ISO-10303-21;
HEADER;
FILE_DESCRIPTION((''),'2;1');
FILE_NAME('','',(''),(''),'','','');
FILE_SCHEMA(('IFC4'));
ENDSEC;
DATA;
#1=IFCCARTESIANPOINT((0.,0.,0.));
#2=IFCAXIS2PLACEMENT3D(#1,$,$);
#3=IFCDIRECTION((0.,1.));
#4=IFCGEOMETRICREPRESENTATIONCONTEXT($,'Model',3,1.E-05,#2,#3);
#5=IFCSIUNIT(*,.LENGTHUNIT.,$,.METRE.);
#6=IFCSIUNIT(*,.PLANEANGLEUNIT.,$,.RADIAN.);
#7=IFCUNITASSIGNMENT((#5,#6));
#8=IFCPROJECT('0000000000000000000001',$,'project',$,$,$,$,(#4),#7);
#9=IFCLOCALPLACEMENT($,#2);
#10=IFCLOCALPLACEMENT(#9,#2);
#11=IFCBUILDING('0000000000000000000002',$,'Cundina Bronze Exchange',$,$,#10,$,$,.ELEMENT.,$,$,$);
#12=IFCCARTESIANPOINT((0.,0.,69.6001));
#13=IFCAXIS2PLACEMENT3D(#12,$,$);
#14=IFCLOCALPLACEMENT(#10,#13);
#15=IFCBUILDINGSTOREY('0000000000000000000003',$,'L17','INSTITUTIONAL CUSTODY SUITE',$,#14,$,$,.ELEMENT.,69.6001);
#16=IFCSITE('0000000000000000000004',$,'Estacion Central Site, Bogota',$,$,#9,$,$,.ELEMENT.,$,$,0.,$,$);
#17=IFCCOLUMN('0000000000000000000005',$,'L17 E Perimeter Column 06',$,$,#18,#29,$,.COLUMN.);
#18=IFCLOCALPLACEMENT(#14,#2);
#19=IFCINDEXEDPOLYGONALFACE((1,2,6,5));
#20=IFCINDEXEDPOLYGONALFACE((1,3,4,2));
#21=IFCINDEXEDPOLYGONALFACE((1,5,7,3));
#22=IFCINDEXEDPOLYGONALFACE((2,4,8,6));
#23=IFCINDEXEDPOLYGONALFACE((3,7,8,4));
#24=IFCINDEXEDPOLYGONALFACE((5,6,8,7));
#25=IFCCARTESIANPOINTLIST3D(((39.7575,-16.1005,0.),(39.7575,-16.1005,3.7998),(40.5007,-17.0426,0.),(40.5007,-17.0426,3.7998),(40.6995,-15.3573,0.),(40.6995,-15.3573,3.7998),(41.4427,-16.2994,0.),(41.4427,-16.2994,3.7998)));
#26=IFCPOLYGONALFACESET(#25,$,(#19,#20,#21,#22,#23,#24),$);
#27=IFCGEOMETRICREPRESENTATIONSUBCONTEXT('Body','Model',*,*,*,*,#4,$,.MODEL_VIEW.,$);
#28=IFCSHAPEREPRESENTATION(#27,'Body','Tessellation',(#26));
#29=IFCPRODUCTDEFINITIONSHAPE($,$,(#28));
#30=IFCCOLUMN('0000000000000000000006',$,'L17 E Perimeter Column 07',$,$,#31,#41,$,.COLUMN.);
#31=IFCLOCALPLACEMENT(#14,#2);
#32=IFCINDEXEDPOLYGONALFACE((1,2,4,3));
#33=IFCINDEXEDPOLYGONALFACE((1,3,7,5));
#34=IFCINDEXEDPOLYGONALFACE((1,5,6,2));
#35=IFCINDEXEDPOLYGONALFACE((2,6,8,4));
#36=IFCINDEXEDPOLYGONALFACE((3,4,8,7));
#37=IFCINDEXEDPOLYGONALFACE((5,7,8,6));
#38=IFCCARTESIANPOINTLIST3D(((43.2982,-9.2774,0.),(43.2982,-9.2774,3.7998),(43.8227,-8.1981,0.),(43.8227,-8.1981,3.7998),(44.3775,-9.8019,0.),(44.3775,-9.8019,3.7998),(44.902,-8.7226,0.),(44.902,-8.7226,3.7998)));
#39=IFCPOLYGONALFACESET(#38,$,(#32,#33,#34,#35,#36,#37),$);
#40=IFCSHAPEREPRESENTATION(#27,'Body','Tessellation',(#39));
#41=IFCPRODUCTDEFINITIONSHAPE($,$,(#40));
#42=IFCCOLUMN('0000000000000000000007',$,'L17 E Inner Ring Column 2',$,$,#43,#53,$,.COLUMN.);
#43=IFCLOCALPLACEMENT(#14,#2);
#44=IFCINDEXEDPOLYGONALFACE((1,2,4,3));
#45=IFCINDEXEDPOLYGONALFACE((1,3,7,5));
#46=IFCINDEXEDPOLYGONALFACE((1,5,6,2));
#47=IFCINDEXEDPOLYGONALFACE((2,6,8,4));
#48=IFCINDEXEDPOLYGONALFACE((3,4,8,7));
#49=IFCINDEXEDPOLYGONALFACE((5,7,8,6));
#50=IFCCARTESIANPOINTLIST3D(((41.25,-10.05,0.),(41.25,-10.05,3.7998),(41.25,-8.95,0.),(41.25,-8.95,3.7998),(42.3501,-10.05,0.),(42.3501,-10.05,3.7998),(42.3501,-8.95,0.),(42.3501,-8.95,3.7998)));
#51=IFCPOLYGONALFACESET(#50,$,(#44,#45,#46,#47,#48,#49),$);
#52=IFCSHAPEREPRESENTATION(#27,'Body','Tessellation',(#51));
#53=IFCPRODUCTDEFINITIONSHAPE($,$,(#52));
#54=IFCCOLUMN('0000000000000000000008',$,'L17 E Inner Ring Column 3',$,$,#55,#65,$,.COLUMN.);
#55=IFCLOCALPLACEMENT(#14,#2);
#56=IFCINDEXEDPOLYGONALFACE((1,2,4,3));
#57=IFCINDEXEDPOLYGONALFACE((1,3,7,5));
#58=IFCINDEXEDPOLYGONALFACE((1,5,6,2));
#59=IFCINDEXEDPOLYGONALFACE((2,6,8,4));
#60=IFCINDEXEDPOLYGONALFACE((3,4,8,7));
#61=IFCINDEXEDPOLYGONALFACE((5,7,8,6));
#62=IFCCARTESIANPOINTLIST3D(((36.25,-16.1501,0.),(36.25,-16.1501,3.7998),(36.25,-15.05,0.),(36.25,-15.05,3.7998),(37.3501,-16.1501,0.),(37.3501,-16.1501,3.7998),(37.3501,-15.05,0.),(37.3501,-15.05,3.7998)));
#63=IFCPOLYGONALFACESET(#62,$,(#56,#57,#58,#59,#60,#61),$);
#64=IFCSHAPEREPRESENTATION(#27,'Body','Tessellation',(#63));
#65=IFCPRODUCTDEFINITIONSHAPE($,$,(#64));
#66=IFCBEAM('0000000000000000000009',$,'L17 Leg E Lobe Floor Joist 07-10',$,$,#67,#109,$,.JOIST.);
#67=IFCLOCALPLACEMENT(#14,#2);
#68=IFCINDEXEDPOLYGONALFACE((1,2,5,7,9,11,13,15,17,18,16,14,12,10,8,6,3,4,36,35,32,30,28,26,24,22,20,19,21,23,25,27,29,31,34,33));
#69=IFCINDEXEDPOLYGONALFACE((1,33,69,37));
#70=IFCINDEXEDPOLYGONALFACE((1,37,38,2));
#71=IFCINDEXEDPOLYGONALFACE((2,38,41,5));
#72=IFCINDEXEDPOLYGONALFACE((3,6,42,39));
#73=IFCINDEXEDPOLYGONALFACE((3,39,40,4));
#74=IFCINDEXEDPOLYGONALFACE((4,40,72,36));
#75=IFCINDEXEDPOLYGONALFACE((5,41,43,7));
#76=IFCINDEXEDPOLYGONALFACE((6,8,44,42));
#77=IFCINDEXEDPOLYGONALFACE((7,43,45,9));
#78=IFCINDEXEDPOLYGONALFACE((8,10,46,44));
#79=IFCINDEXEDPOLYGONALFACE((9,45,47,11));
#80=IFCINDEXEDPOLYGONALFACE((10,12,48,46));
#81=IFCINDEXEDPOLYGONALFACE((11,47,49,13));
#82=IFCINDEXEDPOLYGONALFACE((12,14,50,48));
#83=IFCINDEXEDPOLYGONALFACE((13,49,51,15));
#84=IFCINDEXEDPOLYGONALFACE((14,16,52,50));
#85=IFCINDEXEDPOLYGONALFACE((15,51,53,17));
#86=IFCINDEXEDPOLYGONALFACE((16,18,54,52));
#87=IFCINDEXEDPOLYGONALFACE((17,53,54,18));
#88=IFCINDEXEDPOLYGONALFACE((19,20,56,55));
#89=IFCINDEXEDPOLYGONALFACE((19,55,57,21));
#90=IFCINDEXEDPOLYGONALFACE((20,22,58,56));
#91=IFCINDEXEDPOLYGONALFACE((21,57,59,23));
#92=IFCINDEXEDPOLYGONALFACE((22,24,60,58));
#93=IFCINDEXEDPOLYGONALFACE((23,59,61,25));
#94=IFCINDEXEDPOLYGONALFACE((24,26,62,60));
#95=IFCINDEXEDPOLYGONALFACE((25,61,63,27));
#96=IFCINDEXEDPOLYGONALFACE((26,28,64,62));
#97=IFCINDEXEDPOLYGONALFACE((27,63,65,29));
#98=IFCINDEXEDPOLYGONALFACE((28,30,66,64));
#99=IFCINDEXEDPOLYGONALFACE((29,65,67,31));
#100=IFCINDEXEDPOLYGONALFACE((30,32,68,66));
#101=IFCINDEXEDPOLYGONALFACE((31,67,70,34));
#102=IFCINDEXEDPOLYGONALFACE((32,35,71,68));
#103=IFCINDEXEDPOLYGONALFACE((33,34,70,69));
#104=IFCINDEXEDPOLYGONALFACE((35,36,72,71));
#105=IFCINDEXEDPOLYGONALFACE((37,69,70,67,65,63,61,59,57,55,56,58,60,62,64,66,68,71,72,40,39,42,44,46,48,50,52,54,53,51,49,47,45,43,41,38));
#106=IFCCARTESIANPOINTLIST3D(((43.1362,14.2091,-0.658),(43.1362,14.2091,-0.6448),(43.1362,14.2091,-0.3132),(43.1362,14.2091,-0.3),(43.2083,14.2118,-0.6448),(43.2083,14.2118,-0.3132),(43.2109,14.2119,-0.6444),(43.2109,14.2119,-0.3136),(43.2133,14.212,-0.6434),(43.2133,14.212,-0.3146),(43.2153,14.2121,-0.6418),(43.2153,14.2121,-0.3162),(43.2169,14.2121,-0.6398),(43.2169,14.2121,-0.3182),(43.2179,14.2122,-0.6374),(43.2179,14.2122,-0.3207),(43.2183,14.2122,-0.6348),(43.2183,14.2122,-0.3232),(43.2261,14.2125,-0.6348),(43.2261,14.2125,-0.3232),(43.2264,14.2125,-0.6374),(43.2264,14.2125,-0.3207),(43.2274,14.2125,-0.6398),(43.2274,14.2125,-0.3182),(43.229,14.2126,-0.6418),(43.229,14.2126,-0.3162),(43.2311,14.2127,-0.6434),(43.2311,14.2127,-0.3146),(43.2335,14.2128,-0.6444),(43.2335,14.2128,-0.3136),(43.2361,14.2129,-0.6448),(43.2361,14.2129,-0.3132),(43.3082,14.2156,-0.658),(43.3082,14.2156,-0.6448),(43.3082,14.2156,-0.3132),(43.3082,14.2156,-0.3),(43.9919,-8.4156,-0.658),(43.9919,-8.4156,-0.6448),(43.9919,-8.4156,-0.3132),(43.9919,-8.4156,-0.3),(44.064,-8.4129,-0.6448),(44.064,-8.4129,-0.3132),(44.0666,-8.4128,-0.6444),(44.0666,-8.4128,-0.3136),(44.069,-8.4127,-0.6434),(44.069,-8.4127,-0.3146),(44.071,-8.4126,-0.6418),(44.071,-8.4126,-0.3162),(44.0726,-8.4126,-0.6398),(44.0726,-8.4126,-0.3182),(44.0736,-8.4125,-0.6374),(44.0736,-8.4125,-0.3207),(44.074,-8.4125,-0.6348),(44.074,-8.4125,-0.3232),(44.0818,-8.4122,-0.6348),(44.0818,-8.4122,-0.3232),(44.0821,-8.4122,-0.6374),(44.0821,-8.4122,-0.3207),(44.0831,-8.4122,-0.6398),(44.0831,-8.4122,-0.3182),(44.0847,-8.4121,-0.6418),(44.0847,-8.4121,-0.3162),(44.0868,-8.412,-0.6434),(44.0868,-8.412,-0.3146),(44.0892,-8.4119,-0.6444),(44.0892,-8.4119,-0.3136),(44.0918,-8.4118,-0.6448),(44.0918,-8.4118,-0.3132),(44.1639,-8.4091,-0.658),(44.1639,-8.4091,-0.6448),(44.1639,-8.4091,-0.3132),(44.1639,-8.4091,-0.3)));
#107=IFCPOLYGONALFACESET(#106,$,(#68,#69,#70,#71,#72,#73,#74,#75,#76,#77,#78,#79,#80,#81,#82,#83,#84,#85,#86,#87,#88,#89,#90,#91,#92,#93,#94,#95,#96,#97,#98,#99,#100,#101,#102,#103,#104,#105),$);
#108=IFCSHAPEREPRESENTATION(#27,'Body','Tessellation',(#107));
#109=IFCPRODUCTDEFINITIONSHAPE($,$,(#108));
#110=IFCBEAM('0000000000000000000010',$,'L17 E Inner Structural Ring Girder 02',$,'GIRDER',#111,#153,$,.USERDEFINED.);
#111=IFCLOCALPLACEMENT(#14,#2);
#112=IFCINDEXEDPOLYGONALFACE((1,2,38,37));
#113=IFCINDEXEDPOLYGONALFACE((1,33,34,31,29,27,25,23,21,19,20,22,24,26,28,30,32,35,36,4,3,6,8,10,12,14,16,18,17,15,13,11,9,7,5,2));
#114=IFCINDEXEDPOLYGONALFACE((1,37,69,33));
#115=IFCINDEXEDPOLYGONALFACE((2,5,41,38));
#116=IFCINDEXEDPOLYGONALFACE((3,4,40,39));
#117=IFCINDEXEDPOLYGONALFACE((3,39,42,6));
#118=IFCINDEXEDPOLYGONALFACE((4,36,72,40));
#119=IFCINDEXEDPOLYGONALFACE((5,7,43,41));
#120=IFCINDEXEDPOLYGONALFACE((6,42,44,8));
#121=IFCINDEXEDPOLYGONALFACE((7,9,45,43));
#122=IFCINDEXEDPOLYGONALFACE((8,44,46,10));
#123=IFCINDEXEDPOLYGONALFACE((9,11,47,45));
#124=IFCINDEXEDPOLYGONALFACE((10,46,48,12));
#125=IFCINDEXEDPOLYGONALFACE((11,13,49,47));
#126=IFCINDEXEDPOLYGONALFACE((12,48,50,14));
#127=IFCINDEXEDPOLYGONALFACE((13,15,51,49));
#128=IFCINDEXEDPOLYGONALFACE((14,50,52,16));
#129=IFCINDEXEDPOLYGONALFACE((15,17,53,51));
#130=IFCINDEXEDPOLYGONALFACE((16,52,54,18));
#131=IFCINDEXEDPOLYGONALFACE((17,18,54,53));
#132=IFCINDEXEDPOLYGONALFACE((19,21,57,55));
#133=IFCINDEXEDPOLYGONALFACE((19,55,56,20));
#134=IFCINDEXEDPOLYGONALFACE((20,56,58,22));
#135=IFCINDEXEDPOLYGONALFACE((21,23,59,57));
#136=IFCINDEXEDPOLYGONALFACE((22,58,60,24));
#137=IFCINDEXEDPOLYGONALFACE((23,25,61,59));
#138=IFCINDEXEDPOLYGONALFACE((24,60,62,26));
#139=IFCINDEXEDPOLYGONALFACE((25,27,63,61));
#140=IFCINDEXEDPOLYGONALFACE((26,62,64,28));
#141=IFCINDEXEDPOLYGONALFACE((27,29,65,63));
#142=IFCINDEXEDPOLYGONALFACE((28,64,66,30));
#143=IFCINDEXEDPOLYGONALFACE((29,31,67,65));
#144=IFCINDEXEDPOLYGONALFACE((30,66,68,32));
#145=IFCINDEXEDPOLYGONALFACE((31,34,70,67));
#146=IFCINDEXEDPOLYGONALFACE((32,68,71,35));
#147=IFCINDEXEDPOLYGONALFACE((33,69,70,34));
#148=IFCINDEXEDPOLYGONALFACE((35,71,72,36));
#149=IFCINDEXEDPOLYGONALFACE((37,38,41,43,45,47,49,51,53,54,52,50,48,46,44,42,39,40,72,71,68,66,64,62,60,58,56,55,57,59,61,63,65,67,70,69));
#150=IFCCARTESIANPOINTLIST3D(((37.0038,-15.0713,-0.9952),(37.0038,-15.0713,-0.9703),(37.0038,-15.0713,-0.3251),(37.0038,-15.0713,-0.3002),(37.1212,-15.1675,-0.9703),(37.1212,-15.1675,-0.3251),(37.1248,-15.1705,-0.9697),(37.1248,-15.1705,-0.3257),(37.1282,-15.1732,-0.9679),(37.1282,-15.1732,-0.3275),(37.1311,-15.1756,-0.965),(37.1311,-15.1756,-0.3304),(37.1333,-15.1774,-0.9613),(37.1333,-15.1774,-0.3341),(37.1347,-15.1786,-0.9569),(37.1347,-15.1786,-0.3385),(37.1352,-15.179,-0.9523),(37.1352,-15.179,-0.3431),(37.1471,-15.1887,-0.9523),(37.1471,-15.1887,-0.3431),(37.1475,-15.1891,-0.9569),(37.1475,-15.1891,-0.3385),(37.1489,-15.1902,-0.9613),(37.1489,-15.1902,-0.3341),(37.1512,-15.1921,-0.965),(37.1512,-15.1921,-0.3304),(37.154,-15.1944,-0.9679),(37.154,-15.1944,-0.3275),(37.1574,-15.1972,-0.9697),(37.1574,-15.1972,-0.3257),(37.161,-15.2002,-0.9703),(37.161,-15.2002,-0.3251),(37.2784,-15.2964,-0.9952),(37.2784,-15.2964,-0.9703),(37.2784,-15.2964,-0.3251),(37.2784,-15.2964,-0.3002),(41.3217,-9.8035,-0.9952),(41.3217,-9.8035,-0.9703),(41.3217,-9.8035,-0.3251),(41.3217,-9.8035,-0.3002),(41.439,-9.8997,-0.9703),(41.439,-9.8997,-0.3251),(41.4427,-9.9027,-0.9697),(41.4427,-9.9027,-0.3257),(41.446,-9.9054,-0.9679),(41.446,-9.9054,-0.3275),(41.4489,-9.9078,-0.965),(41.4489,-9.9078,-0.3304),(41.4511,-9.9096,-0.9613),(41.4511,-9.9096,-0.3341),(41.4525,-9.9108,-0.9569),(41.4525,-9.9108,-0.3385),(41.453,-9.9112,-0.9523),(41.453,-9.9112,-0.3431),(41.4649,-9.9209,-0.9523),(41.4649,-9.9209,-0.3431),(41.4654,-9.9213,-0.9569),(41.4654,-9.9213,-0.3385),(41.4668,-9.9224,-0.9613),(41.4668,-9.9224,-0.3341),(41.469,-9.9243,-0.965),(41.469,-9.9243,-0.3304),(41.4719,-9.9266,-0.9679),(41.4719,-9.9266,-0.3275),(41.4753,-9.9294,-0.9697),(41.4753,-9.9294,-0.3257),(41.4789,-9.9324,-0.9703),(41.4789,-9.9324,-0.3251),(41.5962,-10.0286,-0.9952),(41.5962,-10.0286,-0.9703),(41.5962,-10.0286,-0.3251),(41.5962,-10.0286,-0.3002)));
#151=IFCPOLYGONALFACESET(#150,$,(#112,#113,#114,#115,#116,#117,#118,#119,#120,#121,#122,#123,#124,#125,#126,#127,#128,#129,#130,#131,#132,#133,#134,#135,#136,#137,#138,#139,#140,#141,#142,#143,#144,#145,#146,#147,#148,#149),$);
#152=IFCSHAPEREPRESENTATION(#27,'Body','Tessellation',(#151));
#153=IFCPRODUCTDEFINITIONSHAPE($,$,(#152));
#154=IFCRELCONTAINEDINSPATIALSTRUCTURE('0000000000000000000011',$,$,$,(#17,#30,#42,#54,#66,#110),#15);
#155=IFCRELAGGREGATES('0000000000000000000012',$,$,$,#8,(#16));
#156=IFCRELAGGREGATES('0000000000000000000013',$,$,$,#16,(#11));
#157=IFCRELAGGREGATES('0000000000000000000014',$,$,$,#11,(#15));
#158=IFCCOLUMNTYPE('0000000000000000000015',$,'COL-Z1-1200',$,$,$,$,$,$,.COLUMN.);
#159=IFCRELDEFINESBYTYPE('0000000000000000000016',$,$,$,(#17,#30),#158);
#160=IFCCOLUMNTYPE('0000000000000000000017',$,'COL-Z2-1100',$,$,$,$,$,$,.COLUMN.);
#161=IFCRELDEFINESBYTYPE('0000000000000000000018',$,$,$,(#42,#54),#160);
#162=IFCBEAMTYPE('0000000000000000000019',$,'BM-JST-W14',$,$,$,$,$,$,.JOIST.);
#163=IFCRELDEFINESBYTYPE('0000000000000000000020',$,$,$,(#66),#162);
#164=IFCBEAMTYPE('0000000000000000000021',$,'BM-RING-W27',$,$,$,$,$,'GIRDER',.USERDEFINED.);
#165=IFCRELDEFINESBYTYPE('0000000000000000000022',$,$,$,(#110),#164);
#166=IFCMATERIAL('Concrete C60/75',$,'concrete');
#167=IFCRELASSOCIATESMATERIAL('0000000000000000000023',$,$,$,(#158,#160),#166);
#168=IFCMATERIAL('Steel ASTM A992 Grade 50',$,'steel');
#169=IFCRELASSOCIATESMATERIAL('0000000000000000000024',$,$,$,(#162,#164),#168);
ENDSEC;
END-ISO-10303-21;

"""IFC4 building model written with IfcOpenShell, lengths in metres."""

from ifc_helpers import new_model, si_unit, direction, frame, origin, origin_2d, place, context, subcontext, project, spatial, rectangle, i_section, extrude, material, material_profile, profile_set, type_object, element, save


model = new_model("IFC4")

# Units and contexts
model_context = context("Model", 3, precision=1e-05, world=origin(), true_north=direction((0.0, 1.0)))
body_context = subcontext(model_context, "Body", "Model", "MODEL_VIEW")
ifc_project = project(units=[si_unit("LENGTHUNIT", "METRE"), si_unit("PLANEANGLEUNIT", "RADIAN")], contexts=[model_context])

# Site, building, storey
site_placement = place(None, origin())
site = spatial("IfcSite", under=ifc_project, at=site_placement, Name="Estacion Central Site, Bogota", CompositionType="ELEMENT", RefElevation=0.0)
building_placement = place(site_placement, origin())
building = spatial("IfcBuilding", under=site, at=building_placement, Name="Cundina Bronze Exchange", CompositionType="ELEMENT")
storey_placement = place(building_placement, frame((0.0, 0.0, 69.6001)))
storey = spatial("IfcBuildingStorey", under=building, at=storey_placement, Name="L17", Description="INSTITUTIONAL CUSTODY SUITE", CompositionType="ELEMENT", Elevation=69.6001)

# Columns
ifc_material_1 = material(Name="Concrete C60/75", Category="concrete")
ifc_material_profile_1 = material_profile(ifc_material_1, rectangle(XDim=1.2, YDim=1.2, at=origin_2d()), Name="RC1200X1200", Category="concrete")
ifc_profile_set_1 = profile_set([ifc_material_profile_1], Name="Concrete C60/75")
column_type_1 = type_object("IfcColumnType", Name="COL-Z1-1200", PredefinedType="COLUMN", material=ifc_profile_set_1)
for number, where, z_axis, x_axis, name in (
    (1, (40.6001, -16.2, 0.0), (0.0, 0.0, 1.0), (0.785101, 0.619368, 0.0), "L17 E Perimeter Column 06"),
    (2, (44.1001, -9.0, 0.0), (0.0, 0.0, 1.0), (0.437116, 0.899405, 0.0), "L17 E Perimeter Column 07"),
):
    element("IfcColumn", number, at=place(storey_placement, frame(where, z_axis=z_axis, x_axis=x_axis)), inside=storey, type_object=column_type_1, Name=name, PredefinedType="COLUMN", context=body_context, shape_type="SweptSolid", body=[
        extrude(rectangle(XDim=1.2, YDim=1.2, at=origin_2d()), origin(), (0.0, 0.0, 1.0), 3.7998),
    ])
ifc_material_profile_2 = material_profile(ifc_material_1, rectangle(XDim=1.1001, YDim=1.1001, at=origin_2d()), Name="RC1100X1100", Category="concrete")
ifc_profile_set_2 = profile_set([ifc_material_profile_2], Name="Concrete C60/75")
column_type_2 = type_object("IfcColumnType", Name="COL-Z2-1100", PredefinedType="COLUMN", material=ifc_profile_set_2)
for number, where, z_axis, x_axis, name in (
    (3, (41.8, -9.5, 0.0), (0.0, 0.0, 1.0), (1.0, 0.0, 0.0), "L17 E Inner Ring Column 2"),
    (4, (36.8, -15.6001, 0.0), (0.0, 0.0, 1.0), (1.0, 0.0, 0.0), "L17 E Inner Ring Column 3"),
):
    element("IfcColumn", number, at=place(storey_placement, frame(where, z_axis=z_axis, x_axis=x_axis)), inside=storey, type_object=column_type_2, Name=name, PredefinedType="COLUMN", context=body_context, shape_type="SweptSolid", body=[
        extrude(rectangle(XDim=1.1001, YDim=1.1001, at=origin_2d()), origin(), (0.0, 0.0, 1.0), 3.7998),
    ])

# Beams
ifc_material_2 = material(Name="Steel ASTM A992 Grade 50", Category="steel")
ifc_material_profile_3 = material_profile(ifc_material_2, i_section(OverallWidth=0.1721, OverallDepth=0.3579, WebThickness=0.0078, FlangeThickness=0.0132, FilletRadius=0.01, at=origin_2d()), Name="W14X38", Category="steel")
ifc_profile_set_3 = profile_set([ifc_material_profile_3], Name="Steel ASTM A992 Grade 50")
beam_type_1 = type_object("IfcBeamType", Name="BM-JST-W14", PredefinedType="JOIST", material=ifc_profile_set_3)
beam_1_placement = place(storey_placement, frame((44.0779, -8.4124, -0.479), z_axis=(-0.037795, 0.999286, 0.0), x_axis=(-0.999286, -0.037795, 0.0)))
element("IfcBeam", 5, at=beam_1_placement, inside=storey, type_object=beam_type_1, Name="L17 Leg E Lobe Floor Joist 07-10", PredefinedType="JOIST", context=body_context, shape_type="SweptSolid", body=[
    extrude(i_section(OverallWidth=0.1721, OverallDepth=0.3579, WebThickness=0.0078, FlangeThickness=0.0132, FilletRadius=0.01, at=origin_2d()), origin(), (0.0, 0.0, 1.0), 22.6409),
])
ifc_material_profile_4 = material_profile(ifc_material_2, i_section(OverallWidth=0.355, OverallDepth=0.6951, WebThickness=0.0154, FlangeThickness=0.0249, FilletRadius=0.0181, at=origin_2d()), Name="W27X146", Category="steel")
ifc_profile_set_4 = profile_set([ifc_material_profile_4], Name="Steel ASTM A992 Grade 50")
beam_type_2 = type_object("IfcBeamType", Name="BM-RING-W27", ElementType="GIRDER", PredefinedType="USERDEFINED", material=ifc_profile_set_4)
beam_2_placement = place(storey_placement, frame((37.1411, -15.1838, -0.6477), z_axis=(0.633927, 0.773393, 0.0), x_axis=(-0.773393, 0.633927, 0.0)))
element("IfcBeam", 6, at=beam_2_placement, inside=storey, type_object=beam_type_2, Name="L17 E Inner Structural Ring Girder 02", ObjectType="GIRDER", PredefinedType="USERDEFINED", context=body_context, shape_type="SweptSolid", body=[
    extrude(i_section(OverallWidth=0.355, OverallDepth=0.6951, WebThickness=0.0154, FlangeThickness=0.0249, FilletRadius=0.0181, at=origin_2d()), origin(), (0.0, 0.0, 1.0), 6.8113),
])

save(model, "model.ifc")
